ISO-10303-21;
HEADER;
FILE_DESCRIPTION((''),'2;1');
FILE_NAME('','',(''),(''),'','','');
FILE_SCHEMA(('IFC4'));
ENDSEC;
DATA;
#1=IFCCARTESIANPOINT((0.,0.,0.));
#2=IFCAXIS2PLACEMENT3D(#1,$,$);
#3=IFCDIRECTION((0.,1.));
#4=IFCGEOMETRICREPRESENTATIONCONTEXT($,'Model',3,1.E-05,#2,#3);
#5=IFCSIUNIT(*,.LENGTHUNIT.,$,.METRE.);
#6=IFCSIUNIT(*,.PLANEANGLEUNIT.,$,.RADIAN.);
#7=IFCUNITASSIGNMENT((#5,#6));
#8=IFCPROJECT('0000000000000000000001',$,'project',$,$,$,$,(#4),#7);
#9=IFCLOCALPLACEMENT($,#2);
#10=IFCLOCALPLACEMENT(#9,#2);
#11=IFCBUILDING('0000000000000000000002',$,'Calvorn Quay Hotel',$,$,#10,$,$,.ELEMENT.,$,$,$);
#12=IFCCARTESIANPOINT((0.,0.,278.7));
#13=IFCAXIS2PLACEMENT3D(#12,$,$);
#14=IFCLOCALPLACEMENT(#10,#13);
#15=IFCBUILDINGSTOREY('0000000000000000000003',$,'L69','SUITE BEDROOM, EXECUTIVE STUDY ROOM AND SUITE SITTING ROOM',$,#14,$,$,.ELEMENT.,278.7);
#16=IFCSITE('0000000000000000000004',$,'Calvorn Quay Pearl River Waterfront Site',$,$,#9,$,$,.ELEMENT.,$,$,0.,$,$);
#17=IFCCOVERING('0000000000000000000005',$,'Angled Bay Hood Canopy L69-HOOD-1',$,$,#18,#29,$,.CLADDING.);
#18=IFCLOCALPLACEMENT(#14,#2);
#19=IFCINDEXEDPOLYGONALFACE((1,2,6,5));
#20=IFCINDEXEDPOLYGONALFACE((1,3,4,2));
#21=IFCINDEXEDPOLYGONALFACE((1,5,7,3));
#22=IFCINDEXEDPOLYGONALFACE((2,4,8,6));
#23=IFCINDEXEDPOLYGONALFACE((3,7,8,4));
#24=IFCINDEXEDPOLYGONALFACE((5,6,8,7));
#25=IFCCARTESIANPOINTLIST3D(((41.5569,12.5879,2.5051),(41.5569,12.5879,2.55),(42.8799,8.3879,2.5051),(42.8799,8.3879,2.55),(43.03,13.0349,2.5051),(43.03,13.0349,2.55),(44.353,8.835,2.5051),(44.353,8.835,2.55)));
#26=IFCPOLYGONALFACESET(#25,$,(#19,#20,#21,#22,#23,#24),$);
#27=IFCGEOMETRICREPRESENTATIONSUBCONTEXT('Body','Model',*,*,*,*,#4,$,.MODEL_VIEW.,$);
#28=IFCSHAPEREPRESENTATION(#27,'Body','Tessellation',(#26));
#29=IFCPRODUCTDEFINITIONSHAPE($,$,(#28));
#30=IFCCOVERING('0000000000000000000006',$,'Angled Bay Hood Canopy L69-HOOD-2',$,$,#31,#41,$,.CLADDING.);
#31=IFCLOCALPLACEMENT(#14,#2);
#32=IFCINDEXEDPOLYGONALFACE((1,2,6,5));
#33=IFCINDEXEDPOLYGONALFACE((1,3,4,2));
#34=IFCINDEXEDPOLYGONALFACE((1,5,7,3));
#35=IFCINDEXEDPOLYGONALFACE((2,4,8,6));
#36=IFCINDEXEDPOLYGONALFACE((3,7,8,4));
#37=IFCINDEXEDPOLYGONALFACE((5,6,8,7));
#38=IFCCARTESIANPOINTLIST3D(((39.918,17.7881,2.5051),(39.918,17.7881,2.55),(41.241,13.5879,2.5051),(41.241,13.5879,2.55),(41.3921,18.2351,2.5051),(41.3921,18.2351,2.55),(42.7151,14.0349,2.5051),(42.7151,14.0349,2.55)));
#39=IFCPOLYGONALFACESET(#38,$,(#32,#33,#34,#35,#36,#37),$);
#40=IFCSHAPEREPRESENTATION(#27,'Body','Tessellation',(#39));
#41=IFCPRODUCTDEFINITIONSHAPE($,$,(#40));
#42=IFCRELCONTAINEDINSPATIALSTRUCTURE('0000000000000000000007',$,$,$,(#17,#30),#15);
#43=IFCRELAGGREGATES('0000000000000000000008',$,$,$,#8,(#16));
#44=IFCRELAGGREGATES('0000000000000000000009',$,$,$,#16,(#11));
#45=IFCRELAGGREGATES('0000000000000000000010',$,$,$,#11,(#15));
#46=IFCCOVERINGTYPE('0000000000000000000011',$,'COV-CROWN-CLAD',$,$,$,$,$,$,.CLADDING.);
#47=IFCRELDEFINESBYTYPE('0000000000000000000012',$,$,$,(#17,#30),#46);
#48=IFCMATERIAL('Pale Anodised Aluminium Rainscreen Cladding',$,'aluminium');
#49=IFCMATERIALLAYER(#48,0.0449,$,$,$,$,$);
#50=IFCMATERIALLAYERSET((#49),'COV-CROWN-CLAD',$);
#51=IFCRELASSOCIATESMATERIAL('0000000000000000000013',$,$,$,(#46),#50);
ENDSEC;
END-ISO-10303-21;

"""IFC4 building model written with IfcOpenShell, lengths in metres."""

from ifc_helpers import new_model, si_unit, direction, frame, origin, place, context, subcontext, project, spatial, polyline, outline, extrude, material, layer, layer_set, type_object, element, save


model = new_model("IFC4")

# Units and contexts
model_context = context("Model", 3, precision=1e-05, world=origin(), true_north=direction((0.0, 1.0)))
body_context = subcontext(model_context, "Body", "Model", "MODEL_VIEW")
ifc_project = project(units=[si_unit("LENGTHUNIT", "METRE"), si_unit("PLANEANGLEUNIT", "RADIAN")], contexts=[model_context])

# Site, building, storey
site_placement = place(None, origin())
site = spatial("IfcSite", under=ifc_project, at=site_placement, Name="Calvorn Quay Pearl River Waterfront Site", CompositionType="ELEMENT", RefElevation=0.0)
building_placement = place(site_placement, origin())
building = spatial("IfcBuilding", under=site, at=building_placement, Name="Calvorn Quay Hotel", CompositionType="ELEMENT")
storey_placement = place(building_placement, frame((0.0, 0.0, 278.7)))
storey = spatial("IfcBuildingStorey", under=building, at=storey_placement, Name="L69", Description="SUITE BEDROOM, EXECUTIVE STUDY ROOM AND SUITE SITTING ROOM", CompositionType="ELEMENT", Elevation=278.7)

# Coverings
ifc_material_1 = material(Name="Pale Anodised Aluminium Rainscreen Cladding", Category="aluminium")
ifc_layer_1 = layer(ifc_material_1, 0.0449)
ifc_layer_set_1 = layer_set([ifc_layer_1], Name="COV-CROWN-CLAD")
covering_type = type_object("IfcCoveringType", Name="COV-CROWN-CLAD", PredefinedType="CLADDING", material=ifc_layer_set_1)
covering_1_placement = place(storey_placement, frame((0.0, 0.0, 2.5051)))
element("IfcCovering", 1, at=covering_1_placement, inside=storey, type_object=covering_type, Name="Angled Bay Hood Canopy L69-HOOD-1", PredefinedType="CLADDING", context=body_context, shape_type="SweptSolid", body=[
    extrude(outline(polyline([(41.5569, 12.5879), (43.03, 13.0349), (44.353, 8.835), (42.8799, 8.3879), (41.5569, 12.5879)])), origin(), (0.0, 0.0, 1.0), 0.0449),
])
covering_2_placement = place(storey_placement, frame((0.0, 0.0, 2.5051)))
element("IfcCovering", 2, at=covering_2_placement, inside=storey, type_object=covering_type, Name="Angled Bay Hood Canopy L69-HOOD-2", PredefinedType="CLADDING", context=body_context, shape_type="SweptSolid", body=[
    extrude(outline(polyline([(39.918, 17.7881), (41.3921, 18.2351), (42.7151, 14.0349), (41.241, 13.5879), (39.918, 17.7881)])), origin(), (0.0, 0.0, 1.0), 0.0449),
])

save(model, "model.ifc")
